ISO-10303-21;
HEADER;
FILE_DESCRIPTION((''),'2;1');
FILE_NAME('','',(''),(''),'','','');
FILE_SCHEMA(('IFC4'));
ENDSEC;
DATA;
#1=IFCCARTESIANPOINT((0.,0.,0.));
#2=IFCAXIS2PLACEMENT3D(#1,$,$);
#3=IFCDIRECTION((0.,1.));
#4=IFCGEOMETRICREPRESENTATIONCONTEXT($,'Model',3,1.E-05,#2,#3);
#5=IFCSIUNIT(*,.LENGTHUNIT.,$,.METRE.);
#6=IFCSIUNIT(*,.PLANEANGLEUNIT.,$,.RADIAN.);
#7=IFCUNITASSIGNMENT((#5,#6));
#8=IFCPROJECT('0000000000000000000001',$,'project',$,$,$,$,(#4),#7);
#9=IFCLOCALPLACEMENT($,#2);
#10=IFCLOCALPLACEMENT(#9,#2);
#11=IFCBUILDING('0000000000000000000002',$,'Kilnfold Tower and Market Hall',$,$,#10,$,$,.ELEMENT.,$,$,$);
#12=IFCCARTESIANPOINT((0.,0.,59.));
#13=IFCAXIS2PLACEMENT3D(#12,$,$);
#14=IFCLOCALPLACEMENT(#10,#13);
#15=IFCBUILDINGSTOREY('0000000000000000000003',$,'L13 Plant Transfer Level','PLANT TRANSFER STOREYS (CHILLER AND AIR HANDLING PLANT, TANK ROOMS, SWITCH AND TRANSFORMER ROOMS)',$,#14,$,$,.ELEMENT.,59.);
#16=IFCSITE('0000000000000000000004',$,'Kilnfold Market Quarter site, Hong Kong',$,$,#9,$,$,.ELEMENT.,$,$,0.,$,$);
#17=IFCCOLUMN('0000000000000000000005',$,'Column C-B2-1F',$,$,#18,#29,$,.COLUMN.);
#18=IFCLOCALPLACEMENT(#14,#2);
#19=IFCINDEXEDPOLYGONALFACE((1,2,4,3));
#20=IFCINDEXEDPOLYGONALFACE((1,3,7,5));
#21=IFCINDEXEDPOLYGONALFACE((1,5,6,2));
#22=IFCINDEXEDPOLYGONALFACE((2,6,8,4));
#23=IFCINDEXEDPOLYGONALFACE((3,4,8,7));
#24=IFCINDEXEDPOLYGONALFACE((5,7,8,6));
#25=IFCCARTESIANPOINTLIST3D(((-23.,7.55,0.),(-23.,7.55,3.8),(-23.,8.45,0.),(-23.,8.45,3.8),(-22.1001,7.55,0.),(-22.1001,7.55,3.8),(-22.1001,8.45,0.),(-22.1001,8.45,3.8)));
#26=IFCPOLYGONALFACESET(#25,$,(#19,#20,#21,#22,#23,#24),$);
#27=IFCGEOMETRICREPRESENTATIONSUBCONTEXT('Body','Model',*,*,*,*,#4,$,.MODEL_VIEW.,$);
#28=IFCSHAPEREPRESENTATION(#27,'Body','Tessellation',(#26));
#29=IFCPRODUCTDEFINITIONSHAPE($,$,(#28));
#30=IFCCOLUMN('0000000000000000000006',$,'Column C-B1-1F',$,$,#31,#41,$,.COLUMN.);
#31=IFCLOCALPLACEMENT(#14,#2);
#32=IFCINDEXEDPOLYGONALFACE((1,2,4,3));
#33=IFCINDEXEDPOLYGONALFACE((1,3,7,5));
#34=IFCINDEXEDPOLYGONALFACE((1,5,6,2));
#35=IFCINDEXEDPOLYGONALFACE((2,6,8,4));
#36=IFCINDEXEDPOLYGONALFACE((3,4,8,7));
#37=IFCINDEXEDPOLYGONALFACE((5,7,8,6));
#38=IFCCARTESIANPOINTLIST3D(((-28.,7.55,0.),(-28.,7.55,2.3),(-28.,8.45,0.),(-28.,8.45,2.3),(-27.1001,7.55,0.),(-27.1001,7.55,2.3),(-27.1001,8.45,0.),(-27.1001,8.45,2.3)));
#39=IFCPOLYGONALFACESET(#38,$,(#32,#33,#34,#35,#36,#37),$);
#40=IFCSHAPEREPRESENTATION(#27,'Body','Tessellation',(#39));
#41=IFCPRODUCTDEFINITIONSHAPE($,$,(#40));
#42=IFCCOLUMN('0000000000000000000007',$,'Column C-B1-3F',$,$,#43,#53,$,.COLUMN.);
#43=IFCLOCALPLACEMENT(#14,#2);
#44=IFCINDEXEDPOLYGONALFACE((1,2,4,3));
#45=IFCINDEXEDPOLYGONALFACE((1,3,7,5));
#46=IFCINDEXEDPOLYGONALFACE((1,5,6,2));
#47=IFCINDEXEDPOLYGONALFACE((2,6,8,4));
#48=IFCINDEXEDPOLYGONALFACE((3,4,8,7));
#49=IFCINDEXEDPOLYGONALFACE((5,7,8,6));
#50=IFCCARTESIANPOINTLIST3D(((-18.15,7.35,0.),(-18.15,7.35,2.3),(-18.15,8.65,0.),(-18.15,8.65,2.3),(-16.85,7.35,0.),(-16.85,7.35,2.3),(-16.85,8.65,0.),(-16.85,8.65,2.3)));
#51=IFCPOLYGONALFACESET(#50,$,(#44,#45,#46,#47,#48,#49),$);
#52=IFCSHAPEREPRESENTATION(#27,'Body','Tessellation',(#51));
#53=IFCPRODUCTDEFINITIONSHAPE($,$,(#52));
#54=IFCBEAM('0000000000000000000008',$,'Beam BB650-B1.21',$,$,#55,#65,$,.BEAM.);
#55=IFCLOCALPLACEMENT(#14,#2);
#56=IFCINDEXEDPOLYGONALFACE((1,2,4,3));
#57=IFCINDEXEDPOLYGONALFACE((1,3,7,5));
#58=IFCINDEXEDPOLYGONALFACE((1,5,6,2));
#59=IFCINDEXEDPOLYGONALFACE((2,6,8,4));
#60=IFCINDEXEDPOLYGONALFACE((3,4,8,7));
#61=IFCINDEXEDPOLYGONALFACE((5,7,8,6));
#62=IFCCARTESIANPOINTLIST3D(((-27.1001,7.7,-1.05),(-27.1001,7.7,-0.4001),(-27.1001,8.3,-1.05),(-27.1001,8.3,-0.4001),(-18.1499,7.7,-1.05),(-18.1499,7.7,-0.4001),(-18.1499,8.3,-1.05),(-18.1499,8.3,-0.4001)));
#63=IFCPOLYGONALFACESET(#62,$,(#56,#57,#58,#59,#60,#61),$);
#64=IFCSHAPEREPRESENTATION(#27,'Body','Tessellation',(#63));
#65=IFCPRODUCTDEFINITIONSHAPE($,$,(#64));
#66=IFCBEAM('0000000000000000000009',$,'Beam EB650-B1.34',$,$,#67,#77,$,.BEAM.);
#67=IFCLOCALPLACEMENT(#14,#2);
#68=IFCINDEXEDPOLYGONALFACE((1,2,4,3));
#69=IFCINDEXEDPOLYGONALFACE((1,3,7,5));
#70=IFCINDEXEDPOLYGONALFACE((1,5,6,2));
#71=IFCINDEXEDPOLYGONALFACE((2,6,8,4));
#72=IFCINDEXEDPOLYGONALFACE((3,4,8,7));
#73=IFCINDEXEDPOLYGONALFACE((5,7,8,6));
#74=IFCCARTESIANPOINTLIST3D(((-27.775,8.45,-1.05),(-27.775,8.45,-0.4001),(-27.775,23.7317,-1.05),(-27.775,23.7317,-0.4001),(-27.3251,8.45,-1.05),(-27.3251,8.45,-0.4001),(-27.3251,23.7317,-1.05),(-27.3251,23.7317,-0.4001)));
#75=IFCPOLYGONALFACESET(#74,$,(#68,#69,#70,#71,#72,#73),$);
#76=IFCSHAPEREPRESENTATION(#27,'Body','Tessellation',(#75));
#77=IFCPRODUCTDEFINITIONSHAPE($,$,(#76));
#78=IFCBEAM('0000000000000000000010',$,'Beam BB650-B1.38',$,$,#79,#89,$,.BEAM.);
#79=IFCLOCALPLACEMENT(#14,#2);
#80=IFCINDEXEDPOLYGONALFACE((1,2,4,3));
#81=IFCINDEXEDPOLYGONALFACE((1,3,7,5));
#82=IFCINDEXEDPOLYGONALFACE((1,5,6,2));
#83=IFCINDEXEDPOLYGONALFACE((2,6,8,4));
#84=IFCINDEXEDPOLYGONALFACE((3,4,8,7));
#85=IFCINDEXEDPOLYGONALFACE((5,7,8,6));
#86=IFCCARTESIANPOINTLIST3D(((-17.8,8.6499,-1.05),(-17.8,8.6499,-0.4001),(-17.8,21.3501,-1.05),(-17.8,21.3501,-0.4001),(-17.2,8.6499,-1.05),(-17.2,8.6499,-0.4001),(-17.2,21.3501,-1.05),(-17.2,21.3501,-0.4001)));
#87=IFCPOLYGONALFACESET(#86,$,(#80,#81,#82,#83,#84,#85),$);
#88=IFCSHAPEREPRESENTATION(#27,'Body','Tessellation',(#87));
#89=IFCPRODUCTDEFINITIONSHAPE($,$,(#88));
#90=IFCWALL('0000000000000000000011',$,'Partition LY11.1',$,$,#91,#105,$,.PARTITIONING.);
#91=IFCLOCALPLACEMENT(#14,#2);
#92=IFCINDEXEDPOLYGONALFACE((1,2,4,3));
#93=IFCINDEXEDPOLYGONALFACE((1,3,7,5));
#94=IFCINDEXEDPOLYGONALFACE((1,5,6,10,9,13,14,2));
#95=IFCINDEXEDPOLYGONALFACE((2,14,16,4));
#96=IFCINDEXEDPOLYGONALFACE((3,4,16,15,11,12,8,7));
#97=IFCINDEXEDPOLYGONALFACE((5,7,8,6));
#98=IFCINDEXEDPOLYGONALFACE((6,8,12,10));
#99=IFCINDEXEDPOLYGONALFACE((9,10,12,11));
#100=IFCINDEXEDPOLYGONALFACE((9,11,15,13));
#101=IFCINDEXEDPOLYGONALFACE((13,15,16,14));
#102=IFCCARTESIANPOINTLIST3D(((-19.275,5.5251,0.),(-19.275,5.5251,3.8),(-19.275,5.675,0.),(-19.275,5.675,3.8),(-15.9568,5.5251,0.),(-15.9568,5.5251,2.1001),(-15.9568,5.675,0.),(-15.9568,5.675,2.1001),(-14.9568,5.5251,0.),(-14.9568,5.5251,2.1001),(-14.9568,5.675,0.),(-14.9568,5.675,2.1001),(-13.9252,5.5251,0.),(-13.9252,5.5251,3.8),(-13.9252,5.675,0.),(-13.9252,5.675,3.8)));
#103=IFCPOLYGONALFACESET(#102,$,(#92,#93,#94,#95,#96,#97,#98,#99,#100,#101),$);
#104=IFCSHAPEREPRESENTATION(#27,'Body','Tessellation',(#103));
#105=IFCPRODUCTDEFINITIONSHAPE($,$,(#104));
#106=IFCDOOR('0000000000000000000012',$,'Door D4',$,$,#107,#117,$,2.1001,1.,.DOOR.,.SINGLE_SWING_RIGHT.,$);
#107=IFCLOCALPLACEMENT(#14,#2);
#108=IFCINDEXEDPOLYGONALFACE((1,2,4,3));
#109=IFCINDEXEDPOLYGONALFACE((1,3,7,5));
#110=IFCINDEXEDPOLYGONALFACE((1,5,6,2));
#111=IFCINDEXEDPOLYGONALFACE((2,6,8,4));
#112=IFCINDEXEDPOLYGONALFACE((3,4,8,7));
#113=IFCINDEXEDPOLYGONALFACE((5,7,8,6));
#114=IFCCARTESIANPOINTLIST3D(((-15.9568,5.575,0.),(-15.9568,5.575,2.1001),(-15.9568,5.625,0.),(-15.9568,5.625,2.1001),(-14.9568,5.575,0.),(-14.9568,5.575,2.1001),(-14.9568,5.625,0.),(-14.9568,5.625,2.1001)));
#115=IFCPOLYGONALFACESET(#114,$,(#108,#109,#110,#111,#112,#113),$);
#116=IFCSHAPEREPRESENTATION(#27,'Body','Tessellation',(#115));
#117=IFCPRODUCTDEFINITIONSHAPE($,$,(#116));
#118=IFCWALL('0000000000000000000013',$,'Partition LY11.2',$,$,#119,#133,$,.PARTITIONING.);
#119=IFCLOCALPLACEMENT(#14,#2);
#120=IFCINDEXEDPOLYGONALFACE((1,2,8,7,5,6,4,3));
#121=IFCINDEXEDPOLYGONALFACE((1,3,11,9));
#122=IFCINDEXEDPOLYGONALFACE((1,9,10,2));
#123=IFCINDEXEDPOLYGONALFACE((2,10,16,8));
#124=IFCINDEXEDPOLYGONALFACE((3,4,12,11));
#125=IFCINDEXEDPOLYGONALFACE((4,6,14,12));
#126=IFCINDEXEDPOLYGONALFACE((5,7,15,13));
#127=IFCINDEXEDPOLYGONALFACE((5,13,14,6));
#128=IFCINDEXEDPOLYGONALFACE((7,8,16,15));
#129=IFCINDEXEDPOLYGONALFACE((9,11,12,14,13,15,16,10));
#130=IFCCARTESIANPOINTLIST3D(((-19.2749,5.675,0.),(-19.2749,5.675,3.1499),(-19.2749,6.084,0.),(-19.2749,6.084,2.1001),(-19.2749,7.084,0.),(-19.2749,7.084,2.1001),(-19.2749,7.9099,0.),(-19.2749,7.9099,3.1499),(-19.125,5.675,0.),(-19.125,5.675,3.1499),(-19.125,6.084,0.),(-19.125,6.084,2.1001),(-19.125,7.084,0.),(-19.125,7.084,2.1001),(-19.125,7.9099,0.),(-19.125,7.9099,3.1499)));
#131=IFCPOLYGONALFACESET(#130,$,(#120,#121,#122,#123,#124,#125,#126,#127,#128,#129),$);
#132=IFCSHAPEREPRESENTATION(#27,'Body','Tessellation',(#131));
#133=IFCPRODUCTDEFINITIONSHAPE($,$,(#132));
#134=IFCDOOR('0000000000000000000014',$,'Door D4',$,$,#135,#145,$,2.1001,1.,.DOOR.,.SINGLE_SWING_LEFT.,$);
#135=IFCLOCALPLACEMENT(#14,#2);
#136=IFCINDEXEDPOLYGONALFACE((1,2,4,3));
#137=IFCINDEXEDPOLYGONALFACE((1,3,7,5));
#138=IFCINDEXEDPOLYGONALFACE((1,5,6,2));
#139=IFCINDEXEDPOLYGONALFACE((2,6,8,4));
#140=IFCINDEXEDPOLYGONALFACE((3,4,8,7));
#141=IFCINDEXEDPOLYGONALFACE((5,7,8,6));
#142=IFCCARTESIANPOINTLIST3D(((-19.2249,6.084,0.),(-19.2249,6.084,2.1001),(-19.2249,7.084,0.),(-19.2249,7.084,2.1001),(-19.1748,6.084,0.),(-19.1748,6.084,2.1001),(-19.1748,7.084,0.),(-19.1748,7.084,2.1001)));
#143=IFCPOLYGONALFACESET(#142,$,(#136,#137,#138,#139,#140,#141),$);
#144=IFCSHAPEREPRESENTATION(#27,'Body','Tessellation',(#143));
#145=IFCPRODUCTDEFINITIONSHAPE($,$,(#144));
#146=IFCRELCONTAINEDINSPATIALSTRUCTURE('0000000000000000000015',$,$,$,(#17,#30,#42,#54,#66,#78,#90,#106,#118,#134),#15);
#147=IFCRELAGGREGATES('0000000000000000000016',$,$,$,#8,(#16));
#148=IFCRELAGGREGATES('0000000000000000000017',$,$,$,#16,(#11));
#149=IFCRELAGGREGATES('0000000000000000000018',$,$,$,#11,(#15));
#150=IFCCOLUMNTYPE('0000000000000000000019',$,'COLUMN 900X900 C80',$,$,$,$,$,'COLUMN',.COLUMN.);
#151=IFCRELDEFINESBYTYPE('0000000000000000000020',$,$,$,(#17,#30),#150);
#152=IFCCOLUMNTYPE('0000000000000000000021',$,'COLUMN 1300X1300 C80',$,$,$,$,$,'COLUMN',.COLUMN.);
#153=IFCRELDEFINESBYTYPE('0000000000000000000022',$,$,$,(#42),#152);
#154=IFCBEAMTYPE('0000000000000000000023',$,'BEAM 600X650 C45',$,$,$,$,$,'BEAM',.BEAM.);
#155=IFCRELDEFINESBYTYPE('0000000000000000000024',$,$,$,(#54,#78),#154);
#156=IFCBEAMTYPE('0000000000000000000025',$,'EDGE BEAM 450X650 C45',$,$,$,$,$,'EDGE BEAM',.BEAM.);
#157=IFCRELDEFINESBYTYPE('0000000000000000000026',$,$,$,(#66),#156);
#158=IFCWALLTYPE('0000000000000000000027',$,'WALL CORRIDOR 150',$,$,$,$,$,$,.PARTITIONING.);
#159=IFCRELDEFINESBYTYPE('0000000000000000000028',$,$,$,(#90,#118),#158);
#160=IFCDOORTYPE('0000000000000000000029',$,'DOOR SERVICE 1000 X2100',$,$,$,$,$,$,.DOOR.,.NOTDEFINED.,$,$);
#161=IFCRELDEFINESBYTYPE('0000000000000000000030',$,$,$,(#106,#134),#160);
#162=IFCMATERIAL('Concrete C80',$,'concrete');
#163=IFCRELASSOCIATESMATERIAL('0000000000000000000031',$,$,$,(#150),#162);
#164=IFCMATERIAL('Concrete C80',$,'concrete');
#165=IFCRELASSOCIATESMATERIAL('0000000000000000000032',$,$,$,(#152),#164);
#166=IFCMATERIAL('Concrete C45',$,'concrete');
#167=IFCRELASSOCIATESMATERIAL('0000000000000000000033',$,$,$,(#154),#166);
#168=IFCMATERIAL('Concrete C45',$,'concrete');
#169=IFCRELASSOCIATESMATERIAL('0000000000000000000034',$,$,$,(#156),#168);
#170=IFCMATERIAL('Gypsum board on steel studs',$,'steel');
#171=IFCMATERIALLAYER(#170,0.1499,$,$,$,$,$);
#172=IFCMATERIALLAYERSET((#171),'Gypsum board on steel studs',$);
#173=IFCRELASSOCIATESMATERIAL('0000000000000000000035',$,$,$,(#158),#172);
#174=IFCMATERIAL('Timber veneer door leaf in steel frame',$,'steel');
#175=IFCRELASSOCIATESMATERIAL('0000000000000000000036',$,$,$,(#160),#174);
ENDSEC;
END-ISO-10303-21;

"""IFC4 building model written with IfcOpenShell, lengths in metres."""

from ifc_helpers import new_model, si_unit, direction, frame, frame_2d, origin, origin_2d, place, context, subcontext, project, spatial, rectangle, extrude, source, transform, mapped, material, layer, layer_set, material_profile, profile_set, type_object, element, fill, save


model = new_model("IFC4")

# Units and contexts
model_context = context("Model", 3, precision=1e-05, world=origin(), true_north=direction((0.0, 1.0)))
body_context = subcontext(model_context, "Body", "Model", "MODEL_VIEW")
ifc_project = project(units=[si_unit("LENGTHUNIT", "METRE"), si_unit("PLANEANGLEUNIT", "RADIAN")], contexts=[model_context])

# Site, building, storey
site_placement = place(None, origin())
site = spatial("IfcSite", under=ifc_project, at=site_placement, Name="Kilnfold Market Quarter site, Hong Kong", CompositionType="ELEMENT", RefElevation=0.0)
building_placement = place(site_placement, origin())
building = spatial("IfcBuilding", under=site, at=building_placement, Name="Kilnfold Tower and Market Hall", CompositionType="ELEMENT")
storey_placement = place(building_placement, frame((0.0, 0.0, 59.0)))
storey = spatial("IfcBuildingStorey", under=building, at=storey_placement, Name="L13 Plant Transfer Level", Description="PLANT TRANSFER STOREYS (CHILLER AND AIR HANDLING PLANT, TANK ROOMS, SWITCH AND TRANSFORMER ROOMS)", CompositionType="ELEMENT", Elevation=59.0)

# Columns
ifc_material_1 = material(Name="Concrete C80", Category="concrete")
ifc_material_profile_1 = material_profile(ifc_material_1, rectangle(XDim=0.8999, YDim=0.8999, at=origin_2d()), Name="RC 900x900")
ifc_profile_set_1 = profile_set([ifc_material_profile_1], Name="Concrete C80")
column_type_1 = type_object("IfcColumnType", Name="COLUMN 900X900 C80", ElementType="COLUMN", PredefinedType="COLUMN", material=ifc_profile_set_1)
shared_shape_1 = source(origin(), body_context, "Body", "SweptSolid", [
    extrude(rectangle(XDim=0.8999, YDim=0.8999, at=origin_2d()), origin(), (0.0, 0.0, 1.0), 3.8),
])
column_1_placement = place(storey_placement, frame((-22.55, 8.0, 0.0), z_axis=(0.0, 0.0, 1.0), x_axis=(1.0, 0.0, 0.0)))
element("IfcColumn", 1, at=column_1_placement, inside=storey, type_object=column_type_1, Name="Column C-B2-1F", PredefinedType="COLUMN", context=body_context, shape_type="MappedRepresentation", body=[
    mapped(shared_shape_1, transform((0.0, 0.0, 0.0))),
])
shared_shape_2 = source(origin(), body_context, "Body", "SweptSolid", [
    extrude(rectangle(XDim=0.8999, YDim=0.8999, at=origin_2d()), origin(), (0.0, 0.0, 1.0), 2.3),
])
column_2_placement = place(storey_placement, frame((-27.55, 8.0, 0.0), z_axis=(0.0, 0.0, 1.0), x_axis=(1.0, 0.0, 0.0)))
element("IfcColumn", 2, at=column_2_placement, inside=storey, type_object=column_type_1, Name="Column C-B1-1F", PredefinedType="COLUMN", context=body_context, shape_type="MappedRepresentation", body=[
    mapped(shared_shape_2, transform((0.0, 0.0, 0.0))),
])
ifc_material_2 = material(Name="Concrete C80", Category="concrete")
ifc_material_profile_2 = material_profile(ifc_material_2, rectangle(XDim=1.3, YDim=1.3, at=origin_2d()), Name="RC 1300x1300")
ifc_profile_set_2 = profile_set([ifc_material_profile_2], Name="Concrete C80")
column_type_2 = type_object("IfcColumnType", Name="COLUMN 1300X1300 C80", ElementType="COLUMN", PredefinedType="COLUMN", material=ifc_profile_set_2)
shared_shape_3 = source(origin(), body_context, "Body", "SweptSolid", [
    extrude(rectangle(XDim=1.3, YDim=1.3, at=origin_2d()), origin(), (0.0, 0.0, 1.0), 2.3),
])
column_3_placement = place(storey_placement, frame((-17.5, 8.0, 0.0), z_axis=(0.0, 0.0, 1.0), x_axis=(1.0, 0.0, 0.0)))
element("IfcColumn", 3, at=column_3_placement, inside=storey, type_object=column_type_2, Name="Column C-B1-3F", PredefinedType="COLUMN", context=body_context, shape_type="MappedRepresentation", body=[
    mapped(shared_shape_3, transform((0.0, 0.0, 0.0))),
])

# Beams
ifc_material_3 = material(Name="Concrete C45", Category="concrete")
ifc_material_profile_3 = material_profile(ifc_material_3, rectangle(XDim=0.6001, YDim=0.6499, at=origin_2d()), Name="RC 600x650")
ifc_profile_set_3 = profile_set([ifc_material_profile_3], Name="Concrete C45")
beam_type_1 = type_object("IfcBeamType", Name="BEAM 600X650 C45", ElementType="BEAM", PredefinedType="BEAM", material=ifc_profile_set_3)
shared_shape_4 = source(origin(), body_context, "Body", "SweptSolid", [
    extrude(rectangle(XDim=0.6001, YDim=0.6499, at=origin_2d()), origin(), (0.0, 0.0, 1.0), 8.9502),
])
beam_1_placement = place(storey_placement, frame((-27.1001, 8.0, -0.7251), z_axis=(1.0, 0.0, 0.0), x_axis=(0.0, 1.0, 0.0)))
element("IfcBeam", 4, at=beam_1_placement, inside=storey, type_object=beam_type_1, Name="Beam BB650-B1.21", PredefinedType="BEAM", context=body_context, shape_type="MappedRepresentation", body=[
    mapped(shared_shape_4, transform((0.0, 0.0, 0.0))),
])
ifc_material_4 = material(Name="Concrete C45", Category="concrete")
ifc_material_profile_4 = material_profile(ifc_material_4, rectangle(XDim=0.45, YDim=0.6499, at=origin_2d()), Name="RC 450x650")
ifc_profile_set_4 = profile_set([ifc_material_profile_4], Name="Concrete C45")
beam_type_2 = type_object("IfcBeamType", Name="EDGE BEAM 450X650 C45", ElementType="EDGE BEAM", PredefinedType="BEAM", material=ifc_profile_set_4)
shared_shape_5 = source(origin(), body_context, "Body", "SweptSolid", [
    extrude(rectangle(XDim=0.45, YDim=0.6499, at=origin_2d()), origin(), (0.0, 0.0, 1.0), 15.2817),
])
beam_2_placement = place(storey_placement, frame((-27.55, 8.45, -0.7251), z_axis=(0.0, 1.0, 0.0), x_axis=(-1.0, 0.0, 0.0)))
element("IfcBeam", 5, at=beam_2_placement, inside=storey, type_object=beam_type_2, Name="Beam EB650-B1.34", PredefinedType="BEAM", context=body_context, shape_type="MappedRepresentation", body=[
    mapped(shared_shape_5, transform((0.0, 0.0, 0.0))),
])
shared_shape_6 = source(origin(), body_context, "Body", "SweptSolid", [
    extrude(rectangle(XDim=0.6001, YDim=0.6499, at=origin_2d()), origin(), (0.0, 0.0, 1.0), 12.7002),
])
beam_3_placement = place(storey_placement, frame((-17.5, 8.6499, -0.7251), z_axis=(0.0, 1.0, 0.0), x_axis=(-1.0, 0.0, 0.0)))
element("IfcBeam", 6, at=beam_3_placement, inside=storey, type_object=beam_type_1, Name="Beam BB650-B1.38", PredefinedType="BEAM", context=body_context, shape_type="MappedRepresentation", body=[
    mapped(shared_shape_6, transform((0.0, 0.0, 0.0))),
])

# Walls, openings, doors
ifc_material_5 = material(Name="Gypsum board on steel studs", Category="steel")
ifc_layer_1 = layer(ifc_material_5, 0.1499)
ifc_layer_set_1 = layer_set([ifc_layer_1], Name="Gypsum board on steel studs")
wall_type_1 = type_object("IfcWallType", Name="WALL CORRIDOR 150", PredefinedType="PARTITIONING", material=ifc_layer_set_1)
wall_1_placement = place(storey_placement, frame((-19.2749, 5.6001, 0.0), z_axis=(0.0, 0.0, 1.0), x_axis=(1.0, 0.0, 0.0)))
wall_1 = element("IfcWall", 7, at=wall_1_placement, inside=storey, type_object=wall_type_1, Name="Partition LY11.1", PredefinedType="PARTITIONING", context=body_context, shape_type="SweptSolid", body=[
    extrude(rectangle(XDim=5.3499, YDim=0.1499, at=frame_2d((2.6748, 0.0))), origin(), (0.0, 0.0, 1.0), 3.8),
])
opening_1_placement = place(wall_1_placement, frame((3.3181, 0.0, 0.0)))
opening_1 = element("IfcOpeningElement", 8, at=opening_1_placement, cuts=wall_1, PredefinedType="OPENING", context=body_context, shape_type="SweptSolid", body=[
    extrude(rectangle(XDim=1.0, YDim=2.1001, at=frame_2d((0.5, 1.05))), frame((0.0, 0.085, 0.0), z_axis=(0.0, -1.0, 0.0), x_axis=(1.0, 0.0, 0.0)), (0.0, 0.0, 1.0), 0.1699),
])
ifc_material_6 = material(Name="Timber veneer door leaf in steel frame", Category="steel")
door_type_1 = type_object("IfcDoorType", Name="DOOR SERVICE 1000 X2100", OperationType="NOTDEFINED", PredefinedType="DOOR", material=ifc_material_6)
door_1_placement = place(opening_1_placement, origin())
door_1 = element("IfcDoor", 9, at=door_1_placement, inside=storey, type_object=door_type_1, Name="Door D4", OperationType="SINGLE_SWING_RIGHT", OverallHeight=2.1001, OverallWidth=1.0, PredefinedType="DOOR", context=body_context, shape_type="SweptSolid", body=[
    extrude(rectangle(XDim=1.0, YDim=2.1001, at=frame_2d((0.5, 1.05))), frame((0.0, 0.0249, 0.0), z_axis=(0.0, -1.0, 0.0), x_axis=(1.0, 0.0, 0.0)), (0.0, 0.0, 1.0), 0.05),
])
fill(opening_1, door_1)
wall_2_placement = place(storey_placement, frame((-19.2, 5.675, 0.0), z_axis=(0.0, 0.0, 1.0), x_axis=(0.0, 1.0, 0.0)))
wall_2 = element("IfcWall", 10, at=wall_2_placement, inside=storey, type_object=wall_type_1, Name="Partition LY11.2", PredefinedType="PARTITIONING", context=body_context, shape_type="SweptSolid", body=[
    extrude(rectangle(XDim=2.2349, YDim=0.1499, at=frame_2d((1.1174, 0.0))), origin(), (0.0, 0.0, 1.0), 3.1499),
])
opening_2_placement = place(wall_2_placement, frame((0.4089, 0.0, 0.0)))
opening_2 = element("IfcOpeningElement", 11, at=opening_2_placement, cuts=wall_2, PredefinedType="OPENING", context=body_context, shape_type="SweptSolid", body=[
    extrude(rectangle(XDim=1.0, YDim=2.1001, at=frame_2d((0.5, 1.05))), frame((0.0, 0.085, 0.0), z_axis=(0.0, -1.0, 0.0), x_axis=(1.0, 0.0, 0.0)), (0.0, 0.0, 1.0), 0.1699),
])
door_2_placement = place(opening_2_placement, origin())
door_2 = element("IfcDoor", 12, at=door_2_placement, inside=storey, type_object=door_type_1, Name="Door D4", OperationType="SINGLE_SWING_LEFT", OverallHeight=2.1001, OverallWidth=1.0, PredefinedType="DOOR", context=body_context, shape_type="SweptSolid", body=[
    extrude(rectangle(XDim=1.0, YDim=2.1001, at=frame_2d((0.5, 1.05))), frame((0.0, 0.0249, 0.0), z_axis=(0.0, -1.0, 0.0), x_axis=(1.0, 0.0, 0.0)), (0.0, 0.0, 1.0), 0.05),
])
fill(opening_2, door_2)

save(model, "model.ifc")
